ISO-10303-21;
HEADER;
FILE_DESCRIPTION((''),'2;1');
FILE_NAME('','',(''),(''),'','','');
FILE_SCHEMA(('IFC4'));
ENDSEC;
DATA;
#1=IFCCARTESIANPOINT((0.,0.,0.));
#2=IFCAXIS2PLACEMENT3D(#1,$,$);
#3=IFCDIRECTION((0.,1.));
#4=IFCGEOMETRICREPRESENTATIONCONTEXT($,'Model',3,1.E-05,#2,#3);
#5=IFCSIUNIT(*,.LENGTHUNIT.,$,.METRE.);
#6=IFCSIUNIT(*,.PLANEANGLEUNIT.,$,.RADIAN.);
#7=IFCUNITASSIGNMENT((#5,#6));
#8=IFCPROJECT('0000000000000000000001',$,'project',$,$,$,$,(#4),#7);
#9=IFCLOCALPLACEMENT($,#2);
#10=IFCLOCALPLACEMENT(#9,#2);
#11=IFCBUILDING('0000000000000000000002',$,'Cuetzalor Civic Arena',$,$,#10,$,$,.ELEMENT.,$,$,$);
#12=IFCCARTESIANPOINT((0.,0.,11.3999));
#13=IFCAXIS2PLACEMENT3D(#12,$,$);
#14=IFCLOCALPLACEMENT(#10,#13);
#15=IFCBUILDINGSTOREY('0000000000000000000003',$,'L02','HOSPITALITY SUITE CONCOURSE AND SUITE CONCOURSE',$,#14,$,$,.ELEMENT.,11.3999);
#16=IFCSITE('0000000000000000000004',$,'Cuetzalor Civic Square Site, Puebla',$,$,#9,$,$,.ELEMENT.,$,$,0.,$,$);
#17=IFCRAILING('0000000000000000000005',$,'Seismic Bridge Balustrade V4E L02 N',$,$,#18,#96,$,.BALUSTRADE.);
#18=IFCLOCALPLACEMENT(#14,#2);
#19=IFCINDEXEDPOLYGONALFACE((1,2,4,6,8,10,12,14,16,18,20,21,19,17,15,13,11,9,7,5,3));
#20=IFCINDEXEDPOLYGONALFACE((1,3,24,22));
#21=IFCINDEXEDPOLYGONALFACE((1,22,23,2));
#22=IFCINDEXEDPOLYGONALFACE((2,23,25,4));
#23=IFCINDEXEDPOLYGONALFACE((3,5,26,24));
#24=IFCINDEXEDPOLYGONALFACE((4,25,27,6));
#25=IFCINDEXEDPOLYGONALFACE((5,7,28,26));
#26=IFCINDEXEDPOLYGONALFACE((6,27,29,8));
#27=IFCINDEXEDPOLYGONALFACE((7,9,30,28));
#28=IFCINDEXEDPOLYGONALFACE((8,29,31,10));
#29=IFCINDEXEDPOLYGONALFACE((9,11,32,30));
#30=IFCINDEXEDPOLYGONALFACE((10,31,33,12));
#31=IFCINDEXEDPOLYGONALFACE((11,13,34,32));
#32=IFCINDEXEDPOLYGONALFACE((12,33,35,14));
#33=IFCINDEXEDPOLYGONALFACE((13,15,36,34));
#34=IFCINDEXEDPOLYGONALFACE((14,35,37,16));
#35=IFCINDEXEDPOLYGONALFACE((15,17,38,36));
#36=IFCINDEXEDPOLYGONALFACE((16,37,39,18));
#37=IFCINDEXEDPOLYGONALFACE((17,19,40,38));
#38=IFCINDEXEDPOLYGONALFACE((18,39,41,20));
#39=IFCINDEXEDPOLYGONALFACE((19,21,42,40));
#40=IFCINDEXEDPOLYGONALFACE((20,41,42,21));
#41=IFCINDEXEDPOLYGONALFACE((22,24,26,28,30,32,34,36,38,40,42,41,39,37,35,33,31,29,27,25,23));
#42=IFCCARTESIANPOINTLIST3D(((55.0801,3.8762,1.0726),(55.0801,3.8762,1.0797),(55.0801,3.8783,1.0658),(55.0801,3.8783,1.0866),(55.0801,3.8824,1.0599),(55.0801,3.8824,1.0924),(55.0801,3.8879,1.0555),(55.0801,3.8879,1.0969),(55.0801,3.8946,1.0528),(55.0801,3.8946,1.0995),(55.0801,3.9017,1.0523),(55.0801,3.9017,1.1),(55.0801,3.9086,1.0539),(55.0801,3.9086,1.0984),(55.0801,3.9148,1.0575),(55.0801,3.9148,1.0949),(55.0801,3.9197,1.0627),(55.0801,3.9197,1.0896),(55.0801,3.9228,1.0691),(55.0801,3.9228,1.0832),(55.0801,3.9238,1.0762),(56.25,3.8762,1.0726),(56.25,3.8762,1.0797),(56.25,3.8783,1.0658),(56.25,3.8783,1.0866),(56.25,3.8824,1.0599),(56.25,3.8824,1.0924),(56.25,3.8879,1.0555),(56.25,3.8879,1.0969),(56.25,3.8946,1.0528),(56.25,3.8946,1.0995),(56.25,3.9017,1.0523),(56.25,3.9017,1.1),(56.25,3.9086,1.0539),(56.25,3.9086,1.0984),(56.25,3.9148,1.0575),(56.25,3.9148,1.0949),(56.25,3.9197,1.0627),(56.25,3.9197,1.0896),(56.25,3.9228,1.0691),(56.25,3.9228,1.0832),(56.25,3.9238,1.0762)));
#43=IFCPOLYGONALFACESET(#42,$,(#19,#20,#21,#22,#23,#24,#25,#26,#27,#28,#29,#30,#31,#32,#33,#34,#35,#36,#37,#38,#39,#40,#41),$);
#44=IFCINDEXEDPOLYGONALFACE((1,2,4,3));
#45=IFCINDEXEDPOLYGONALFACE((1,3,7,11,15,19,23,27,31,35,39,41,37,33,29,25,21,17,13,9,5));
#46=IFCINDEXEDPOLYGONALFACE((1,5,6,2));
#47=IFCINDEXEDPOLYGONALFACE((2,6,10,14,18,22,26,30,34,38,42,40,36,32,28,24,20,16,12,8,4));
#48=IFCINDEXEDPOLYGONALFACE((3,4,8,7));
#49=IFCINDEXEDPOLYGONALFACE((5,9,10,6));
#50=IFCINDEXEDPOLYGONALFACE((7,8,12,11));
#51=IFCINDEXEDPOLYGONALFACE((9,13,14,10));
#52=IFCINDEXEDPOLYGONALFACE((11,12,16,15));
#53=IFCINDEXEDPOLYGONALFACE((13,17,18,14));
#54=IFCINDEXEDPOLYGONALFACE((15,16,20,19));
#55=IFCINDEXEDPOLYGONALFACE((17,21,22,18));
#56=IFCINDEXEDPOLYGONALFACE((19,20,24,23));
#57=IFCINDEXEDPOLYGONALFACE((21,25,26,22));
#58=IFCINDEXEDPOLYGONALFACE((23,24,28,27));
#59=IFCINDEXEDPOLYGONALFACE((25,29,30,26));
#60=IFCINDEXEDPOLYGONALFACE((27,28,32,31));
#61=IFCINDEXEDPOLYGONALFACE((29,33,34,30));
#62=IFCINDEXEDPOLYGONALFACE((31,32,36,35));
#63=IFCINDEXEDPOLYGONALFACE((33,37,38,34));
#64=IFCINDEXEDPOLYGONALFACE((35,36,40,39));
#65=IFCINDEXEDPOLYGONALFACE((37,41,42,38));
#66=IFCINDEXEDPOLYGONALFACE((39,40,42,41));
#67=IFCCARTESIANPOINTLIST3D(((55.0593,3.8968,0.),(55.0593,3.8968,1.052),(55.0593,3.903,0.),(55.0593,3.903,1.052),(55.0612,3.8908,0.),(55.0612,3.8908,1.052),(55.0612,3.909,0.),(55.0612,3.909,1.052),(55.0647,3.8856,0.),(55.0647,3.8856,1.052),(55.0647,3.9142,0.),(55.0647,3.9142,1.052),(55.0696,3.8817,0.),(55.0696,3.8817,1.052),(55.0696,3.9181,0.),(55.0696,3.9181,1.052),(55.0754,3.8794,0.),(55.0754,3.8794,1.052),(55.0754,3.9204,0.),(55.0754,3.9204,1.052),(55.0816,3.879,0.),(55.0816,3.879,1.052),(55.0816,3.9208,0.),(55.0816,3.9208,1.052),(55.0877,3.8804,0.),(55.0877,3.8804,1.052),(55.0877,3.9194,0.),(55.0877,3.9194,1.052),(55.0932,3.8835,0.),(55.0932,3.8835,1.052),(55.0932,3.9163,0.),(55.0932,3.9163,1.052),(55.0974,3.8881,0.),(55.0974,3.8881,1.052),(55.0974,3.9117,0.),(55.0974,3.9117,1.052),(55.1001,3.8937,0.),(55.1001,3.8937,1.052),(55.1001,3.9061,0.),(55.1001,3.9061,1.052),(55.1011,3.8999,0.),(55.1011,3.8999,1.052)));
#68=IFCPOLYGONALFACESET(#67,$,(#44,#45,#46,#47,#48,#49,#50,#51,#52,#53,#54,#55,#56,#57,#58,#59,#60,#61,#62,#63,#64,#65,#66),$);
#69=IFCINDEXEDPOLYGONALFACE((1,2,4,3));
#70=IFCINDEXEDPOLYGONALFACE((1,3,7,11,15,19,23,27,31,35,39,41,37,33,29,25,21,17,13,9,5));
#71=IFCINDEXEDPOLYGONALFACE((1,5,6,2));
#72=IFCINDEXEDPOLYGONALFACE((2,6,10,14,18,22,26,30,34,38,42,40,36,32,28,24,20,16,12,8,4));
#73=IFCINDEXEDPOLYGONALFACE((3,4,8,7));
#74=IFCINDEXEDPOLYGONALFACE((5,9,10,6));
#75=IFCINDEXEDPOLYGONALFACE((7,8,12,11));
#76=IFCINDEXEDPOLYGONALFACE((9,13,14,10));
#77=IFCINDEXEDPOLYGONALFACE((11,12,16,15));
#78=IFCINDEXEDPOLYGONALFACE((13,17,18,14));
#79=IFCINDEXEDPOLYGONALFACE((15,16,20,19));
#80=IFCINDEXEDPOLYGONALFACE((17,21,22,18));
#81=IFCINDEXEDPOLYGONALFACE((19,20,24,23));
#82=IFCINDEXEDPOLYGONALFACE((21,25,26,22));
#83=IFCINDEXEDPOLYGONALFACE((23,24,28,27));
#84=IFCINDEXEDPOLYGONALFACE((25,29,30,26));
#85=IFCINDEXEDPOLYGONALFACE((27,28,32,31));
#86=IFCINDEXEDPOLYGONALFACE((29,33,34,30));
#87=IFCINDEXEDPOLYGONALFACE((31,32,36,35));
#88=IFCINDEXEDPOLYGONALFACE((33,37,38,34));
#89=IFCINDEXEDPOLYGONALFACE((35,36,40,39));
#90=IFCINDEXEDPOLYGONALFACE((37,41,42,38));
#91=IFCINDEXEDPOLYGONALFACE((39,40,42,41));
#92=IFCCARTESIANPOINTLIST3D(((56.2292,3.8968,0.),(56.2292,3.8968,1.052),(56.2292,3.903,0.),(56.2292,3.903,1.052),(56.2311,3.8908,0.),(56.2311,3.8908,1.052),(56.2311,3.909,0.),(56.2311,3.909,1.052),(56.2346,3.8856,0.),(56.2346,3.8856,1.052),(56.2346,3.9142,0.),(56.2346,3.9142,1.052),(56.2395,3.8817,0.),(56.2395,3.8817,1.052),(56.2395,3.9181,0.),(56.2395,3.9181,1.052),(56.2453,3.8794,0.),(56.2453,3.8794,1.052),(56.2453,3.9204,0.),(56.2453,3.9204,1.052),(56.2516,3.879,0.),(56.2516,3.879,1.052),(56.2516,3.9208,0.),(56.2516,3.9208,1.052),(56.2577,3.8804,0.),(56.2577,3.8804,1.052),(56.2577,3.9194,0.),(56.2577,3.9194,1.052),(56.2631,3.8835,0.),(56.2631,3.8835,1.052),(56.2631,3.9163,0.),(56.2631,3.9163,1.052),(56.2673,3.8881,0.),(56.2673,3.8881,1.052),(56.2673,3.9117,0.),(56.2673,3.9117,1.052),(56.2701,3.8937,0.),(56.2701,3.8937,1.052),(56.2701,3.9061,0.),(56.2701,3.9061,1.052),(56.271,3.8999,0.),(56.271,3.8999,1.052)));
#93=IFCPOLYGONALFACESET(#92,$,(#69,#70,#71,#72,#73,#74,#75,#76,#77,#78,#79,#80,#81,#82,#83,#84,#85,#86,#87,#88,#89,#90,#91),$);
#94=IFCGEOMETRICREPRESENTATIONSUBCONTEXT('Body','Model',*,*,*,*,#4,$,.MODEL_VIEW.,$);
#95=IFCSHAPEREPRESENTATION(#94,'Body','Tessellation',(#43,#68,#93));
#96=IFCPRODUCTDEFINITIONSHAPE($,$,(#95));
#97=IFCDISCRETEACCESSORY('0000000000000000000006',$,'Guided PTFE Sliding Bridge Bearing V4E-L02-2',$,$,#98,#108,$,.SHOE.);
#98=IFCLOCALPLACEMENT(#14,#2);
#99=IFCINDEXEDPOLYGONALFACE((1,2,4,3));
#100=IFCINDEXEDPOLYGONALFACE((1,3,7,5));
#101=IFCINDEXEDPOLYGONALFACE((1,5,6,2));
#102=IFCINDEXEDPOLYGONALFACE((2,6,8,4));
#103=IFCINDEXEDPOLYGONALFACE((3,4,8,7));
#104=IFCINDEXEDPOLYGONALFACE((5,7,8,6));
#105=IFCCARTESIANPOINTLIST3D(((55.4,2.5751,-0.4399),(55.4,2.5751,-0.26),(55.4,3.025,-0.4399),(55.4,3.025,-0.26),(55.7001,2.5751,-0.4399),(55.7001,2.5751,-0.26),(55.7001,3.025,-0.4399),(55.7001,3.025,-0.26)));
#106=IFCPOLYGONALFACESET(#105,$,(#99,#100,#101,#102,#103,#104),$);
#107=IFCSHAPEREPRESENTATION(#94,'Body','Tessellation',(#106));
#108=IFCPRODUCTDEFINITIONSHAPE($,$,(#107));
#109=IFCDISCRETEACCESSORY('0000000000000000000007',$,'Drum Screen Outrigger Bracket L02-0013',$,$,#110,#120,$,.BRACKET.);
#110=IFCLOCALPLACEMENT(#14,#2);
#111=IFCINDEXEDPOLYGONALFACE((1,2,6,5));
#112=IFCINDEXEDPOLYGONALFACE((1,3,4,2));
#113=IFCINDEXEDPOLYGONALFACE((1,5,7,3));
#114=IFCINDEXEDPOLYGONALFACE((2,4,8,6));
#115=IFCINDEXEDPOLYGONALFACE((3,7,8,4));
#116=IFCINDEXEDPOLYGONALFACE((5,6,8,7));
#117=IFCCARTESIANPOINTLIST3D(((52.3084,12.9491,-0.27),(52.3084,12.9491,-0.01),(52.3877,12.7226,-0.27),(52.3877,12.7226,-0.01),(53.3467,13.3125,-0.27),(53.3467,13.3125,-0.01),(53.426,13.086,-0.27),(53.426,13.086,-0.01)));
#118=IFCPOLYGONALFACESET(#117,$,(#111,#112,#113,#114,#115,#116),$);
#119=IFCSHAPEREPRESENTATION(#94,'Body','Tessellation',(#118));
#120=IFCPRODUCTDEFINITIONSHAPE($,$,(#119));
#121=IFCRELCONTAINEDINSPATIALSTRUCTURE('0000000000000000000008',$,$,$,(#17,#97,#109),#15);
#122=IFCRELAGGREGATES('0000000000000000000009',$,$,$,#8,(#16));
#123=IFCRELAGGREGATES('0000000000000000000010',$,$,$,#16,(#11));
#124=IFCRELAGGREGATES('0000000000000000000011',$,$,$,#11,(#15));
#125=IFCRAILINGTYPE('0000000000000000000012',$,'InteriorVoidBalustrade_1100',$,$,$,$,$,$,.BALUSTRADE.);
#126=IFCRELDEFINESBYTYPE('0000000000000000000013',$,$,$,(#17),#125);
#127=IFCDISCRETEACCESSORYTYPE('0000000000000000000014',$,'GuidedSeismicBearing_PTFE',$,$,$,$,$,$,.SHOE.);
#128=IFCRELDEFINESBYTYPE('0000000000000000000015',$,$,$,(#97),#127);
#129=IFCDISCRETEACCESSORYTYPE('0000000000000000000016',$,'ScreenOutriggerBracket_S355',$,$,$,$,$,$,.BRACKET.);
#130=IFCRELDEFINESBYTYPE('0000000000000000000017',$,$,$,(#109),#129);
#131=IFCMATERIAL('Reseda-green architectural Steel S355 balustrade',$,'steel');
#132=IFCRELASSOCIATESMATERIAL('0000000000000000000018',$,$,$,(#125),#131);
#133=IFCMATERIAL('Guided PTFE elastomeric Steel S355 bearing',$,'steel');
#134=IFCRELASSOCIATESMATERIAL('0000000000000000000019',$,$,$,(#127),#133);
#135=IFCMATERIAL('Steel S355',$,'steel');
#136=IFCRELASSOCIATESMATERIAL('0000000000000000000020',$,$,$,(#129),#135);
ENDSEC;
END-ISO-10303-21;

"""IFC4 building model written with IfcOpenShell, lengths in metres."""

from ifc_helpers import new_model, si_unit, direction, frame, origin, origin_2d, place, context, subcontext, project, spatial, rectangle, circle, extrude, material, type_object, element, save


model = new_model("IFC4")

# Units and contexts
model_context = context("Model", 3, precision=1e-05, world=origin(), true_north=direction((0.0, 1.0)))
body_context = subcontext(model_context, "Body", "Model", "MODEL_VIEW")
ifc_project = project(units=[si_unit("LENGTHUNIT", "METRE"), si_unit("PLANEANGLEUNIT", "RADIAN")], contexts=[model_context])

# Site, building, storey
site_placement = place(None, origin())
site = spatial("IfcSite", under=ifc_project, at=site_placement, Name="Cuetzalor Civic Square Site, Puebla", CompositionType="ELEMENT", RefElevation=0.0)
building_placement = place(site_placement, origin())
building = spatial("IfcBuilding", under=site, at=building_placement, Name="Cuetzalor Civic Arena", CompositionType="ELEMENT")
storey_placement = place(building_placement, frame((0.0, 0.0, 11.3999)))
storey = spatial("IfcBuildingStorey", under=building, at=storey_placement, Name="L02", Description="HOSPITALITY SUITE CONCOURSE AND SUITE CONCOURSE", CompositionType="ELEMENT", Elevation=11.3999)

# Railing
ifc_material_1 = material(Name="Reseda-green architectural Steel S355 balustrade", Category="steel")
railing_type = type_object("IfcRailingType", Name="InteriorVoidBalustrade_1100", PredefinedType="BALUSTRADE", material=ifc_material_1)
railing_placement = place(storey_placement, frame((55.0801, 3.8999, 0.0)))
element("IfcRailing", 1, at=railing_placement, inside=storey, type_object=railing_type, Name="Seismic Bridge Balustrade V4E L02 N", PredefinedType="BALUSTRADE", context=body_context, shape_type="SweptSolid", body=[
    extrude(circle(Radius=0.0239, at=origin_2d()), frame((0.0, 0.0, 1.0762), z_axis=(1.0, 0.0, 0.0), x_axis=(0.0, 1.0, 0.0)), (0.0, 0.0, 1.0), 1.1699),
    extrude(circle(Radius=0.021, at=origin_2d()), origin(), (0.0, 0.0, 1.0), 1.052),
    extrude(circle(Radius=0.021, at=origin_2d()), frame((1.1699, 0.0, 0.0)), (0.0, 0.0, 1.0), 1.052),
])

# Discrete accessories
ifc_material_2 = material(Name="Guided PTFE elastomeric Steel S355 bearing", Category="steel")
discrete_accessory_type_1 = type_object("IfcDiscreteAccessoryType", Name="GuidedSeismicBearing_PTFE", PredefinedType="SHOE", material=ifc_material_2)
discrete_accessory_1_placement = place(storey_placement, frame((55.55, 2.8, -0.4399), z_axis=(0.0, 0.0, 1.0), x_axis=(1.0, 0.0, 0.0)))
element("IfcDiscreteAccessory", 2, at=discrete_accessory_1_placement, inside=storey, type_object=discrete_accessory_type_1, Name="Guided PTFE Sliding Bridge Bearing V4E-L02-2", PredefinedType="SHOE", context=body_context, shape_type="SweptSolid", body=[
    extrude(rectangle(XDim=0.3, YDim=0.45, at=origin_2d()), origin(), (0.0, 0.0, 1.0), 0.1799),
])
ifc_material_3 = material(Name="Steel S355", Category="steel")
discrete_accessory_type_2 = type_object("IfcDiscreteAccessoryType", Name="ScreenOutriggerBracket_S355", PredefinedType="BRACKET", material=ifc_material_3)
discrete_accessory_2_placement = place(storey_placement, frame((52.8672, 13.0176, -0.27), z_axis=(0.0, 0.0, 1.0), x_axis=(0.943859, 0.33035, 0.0)))
element("IfcDiscreteAccessory", 3, at=discrete_accessory_2_placement, inside=storey, type_object=discrete_accessory_type_2, Name="Drum Screen Outrigger Bracket L02-0013", PredefinedType="BRACKET", context=body_context, shape_type="SweptSolid", body=[
    extrude(rectangle(XDim=1.1001, YDim=0.24, at=origin_2d()), origin(), (0.0, 0.0, 1.0), 0.26),
])

save(model, "model.ifc")
